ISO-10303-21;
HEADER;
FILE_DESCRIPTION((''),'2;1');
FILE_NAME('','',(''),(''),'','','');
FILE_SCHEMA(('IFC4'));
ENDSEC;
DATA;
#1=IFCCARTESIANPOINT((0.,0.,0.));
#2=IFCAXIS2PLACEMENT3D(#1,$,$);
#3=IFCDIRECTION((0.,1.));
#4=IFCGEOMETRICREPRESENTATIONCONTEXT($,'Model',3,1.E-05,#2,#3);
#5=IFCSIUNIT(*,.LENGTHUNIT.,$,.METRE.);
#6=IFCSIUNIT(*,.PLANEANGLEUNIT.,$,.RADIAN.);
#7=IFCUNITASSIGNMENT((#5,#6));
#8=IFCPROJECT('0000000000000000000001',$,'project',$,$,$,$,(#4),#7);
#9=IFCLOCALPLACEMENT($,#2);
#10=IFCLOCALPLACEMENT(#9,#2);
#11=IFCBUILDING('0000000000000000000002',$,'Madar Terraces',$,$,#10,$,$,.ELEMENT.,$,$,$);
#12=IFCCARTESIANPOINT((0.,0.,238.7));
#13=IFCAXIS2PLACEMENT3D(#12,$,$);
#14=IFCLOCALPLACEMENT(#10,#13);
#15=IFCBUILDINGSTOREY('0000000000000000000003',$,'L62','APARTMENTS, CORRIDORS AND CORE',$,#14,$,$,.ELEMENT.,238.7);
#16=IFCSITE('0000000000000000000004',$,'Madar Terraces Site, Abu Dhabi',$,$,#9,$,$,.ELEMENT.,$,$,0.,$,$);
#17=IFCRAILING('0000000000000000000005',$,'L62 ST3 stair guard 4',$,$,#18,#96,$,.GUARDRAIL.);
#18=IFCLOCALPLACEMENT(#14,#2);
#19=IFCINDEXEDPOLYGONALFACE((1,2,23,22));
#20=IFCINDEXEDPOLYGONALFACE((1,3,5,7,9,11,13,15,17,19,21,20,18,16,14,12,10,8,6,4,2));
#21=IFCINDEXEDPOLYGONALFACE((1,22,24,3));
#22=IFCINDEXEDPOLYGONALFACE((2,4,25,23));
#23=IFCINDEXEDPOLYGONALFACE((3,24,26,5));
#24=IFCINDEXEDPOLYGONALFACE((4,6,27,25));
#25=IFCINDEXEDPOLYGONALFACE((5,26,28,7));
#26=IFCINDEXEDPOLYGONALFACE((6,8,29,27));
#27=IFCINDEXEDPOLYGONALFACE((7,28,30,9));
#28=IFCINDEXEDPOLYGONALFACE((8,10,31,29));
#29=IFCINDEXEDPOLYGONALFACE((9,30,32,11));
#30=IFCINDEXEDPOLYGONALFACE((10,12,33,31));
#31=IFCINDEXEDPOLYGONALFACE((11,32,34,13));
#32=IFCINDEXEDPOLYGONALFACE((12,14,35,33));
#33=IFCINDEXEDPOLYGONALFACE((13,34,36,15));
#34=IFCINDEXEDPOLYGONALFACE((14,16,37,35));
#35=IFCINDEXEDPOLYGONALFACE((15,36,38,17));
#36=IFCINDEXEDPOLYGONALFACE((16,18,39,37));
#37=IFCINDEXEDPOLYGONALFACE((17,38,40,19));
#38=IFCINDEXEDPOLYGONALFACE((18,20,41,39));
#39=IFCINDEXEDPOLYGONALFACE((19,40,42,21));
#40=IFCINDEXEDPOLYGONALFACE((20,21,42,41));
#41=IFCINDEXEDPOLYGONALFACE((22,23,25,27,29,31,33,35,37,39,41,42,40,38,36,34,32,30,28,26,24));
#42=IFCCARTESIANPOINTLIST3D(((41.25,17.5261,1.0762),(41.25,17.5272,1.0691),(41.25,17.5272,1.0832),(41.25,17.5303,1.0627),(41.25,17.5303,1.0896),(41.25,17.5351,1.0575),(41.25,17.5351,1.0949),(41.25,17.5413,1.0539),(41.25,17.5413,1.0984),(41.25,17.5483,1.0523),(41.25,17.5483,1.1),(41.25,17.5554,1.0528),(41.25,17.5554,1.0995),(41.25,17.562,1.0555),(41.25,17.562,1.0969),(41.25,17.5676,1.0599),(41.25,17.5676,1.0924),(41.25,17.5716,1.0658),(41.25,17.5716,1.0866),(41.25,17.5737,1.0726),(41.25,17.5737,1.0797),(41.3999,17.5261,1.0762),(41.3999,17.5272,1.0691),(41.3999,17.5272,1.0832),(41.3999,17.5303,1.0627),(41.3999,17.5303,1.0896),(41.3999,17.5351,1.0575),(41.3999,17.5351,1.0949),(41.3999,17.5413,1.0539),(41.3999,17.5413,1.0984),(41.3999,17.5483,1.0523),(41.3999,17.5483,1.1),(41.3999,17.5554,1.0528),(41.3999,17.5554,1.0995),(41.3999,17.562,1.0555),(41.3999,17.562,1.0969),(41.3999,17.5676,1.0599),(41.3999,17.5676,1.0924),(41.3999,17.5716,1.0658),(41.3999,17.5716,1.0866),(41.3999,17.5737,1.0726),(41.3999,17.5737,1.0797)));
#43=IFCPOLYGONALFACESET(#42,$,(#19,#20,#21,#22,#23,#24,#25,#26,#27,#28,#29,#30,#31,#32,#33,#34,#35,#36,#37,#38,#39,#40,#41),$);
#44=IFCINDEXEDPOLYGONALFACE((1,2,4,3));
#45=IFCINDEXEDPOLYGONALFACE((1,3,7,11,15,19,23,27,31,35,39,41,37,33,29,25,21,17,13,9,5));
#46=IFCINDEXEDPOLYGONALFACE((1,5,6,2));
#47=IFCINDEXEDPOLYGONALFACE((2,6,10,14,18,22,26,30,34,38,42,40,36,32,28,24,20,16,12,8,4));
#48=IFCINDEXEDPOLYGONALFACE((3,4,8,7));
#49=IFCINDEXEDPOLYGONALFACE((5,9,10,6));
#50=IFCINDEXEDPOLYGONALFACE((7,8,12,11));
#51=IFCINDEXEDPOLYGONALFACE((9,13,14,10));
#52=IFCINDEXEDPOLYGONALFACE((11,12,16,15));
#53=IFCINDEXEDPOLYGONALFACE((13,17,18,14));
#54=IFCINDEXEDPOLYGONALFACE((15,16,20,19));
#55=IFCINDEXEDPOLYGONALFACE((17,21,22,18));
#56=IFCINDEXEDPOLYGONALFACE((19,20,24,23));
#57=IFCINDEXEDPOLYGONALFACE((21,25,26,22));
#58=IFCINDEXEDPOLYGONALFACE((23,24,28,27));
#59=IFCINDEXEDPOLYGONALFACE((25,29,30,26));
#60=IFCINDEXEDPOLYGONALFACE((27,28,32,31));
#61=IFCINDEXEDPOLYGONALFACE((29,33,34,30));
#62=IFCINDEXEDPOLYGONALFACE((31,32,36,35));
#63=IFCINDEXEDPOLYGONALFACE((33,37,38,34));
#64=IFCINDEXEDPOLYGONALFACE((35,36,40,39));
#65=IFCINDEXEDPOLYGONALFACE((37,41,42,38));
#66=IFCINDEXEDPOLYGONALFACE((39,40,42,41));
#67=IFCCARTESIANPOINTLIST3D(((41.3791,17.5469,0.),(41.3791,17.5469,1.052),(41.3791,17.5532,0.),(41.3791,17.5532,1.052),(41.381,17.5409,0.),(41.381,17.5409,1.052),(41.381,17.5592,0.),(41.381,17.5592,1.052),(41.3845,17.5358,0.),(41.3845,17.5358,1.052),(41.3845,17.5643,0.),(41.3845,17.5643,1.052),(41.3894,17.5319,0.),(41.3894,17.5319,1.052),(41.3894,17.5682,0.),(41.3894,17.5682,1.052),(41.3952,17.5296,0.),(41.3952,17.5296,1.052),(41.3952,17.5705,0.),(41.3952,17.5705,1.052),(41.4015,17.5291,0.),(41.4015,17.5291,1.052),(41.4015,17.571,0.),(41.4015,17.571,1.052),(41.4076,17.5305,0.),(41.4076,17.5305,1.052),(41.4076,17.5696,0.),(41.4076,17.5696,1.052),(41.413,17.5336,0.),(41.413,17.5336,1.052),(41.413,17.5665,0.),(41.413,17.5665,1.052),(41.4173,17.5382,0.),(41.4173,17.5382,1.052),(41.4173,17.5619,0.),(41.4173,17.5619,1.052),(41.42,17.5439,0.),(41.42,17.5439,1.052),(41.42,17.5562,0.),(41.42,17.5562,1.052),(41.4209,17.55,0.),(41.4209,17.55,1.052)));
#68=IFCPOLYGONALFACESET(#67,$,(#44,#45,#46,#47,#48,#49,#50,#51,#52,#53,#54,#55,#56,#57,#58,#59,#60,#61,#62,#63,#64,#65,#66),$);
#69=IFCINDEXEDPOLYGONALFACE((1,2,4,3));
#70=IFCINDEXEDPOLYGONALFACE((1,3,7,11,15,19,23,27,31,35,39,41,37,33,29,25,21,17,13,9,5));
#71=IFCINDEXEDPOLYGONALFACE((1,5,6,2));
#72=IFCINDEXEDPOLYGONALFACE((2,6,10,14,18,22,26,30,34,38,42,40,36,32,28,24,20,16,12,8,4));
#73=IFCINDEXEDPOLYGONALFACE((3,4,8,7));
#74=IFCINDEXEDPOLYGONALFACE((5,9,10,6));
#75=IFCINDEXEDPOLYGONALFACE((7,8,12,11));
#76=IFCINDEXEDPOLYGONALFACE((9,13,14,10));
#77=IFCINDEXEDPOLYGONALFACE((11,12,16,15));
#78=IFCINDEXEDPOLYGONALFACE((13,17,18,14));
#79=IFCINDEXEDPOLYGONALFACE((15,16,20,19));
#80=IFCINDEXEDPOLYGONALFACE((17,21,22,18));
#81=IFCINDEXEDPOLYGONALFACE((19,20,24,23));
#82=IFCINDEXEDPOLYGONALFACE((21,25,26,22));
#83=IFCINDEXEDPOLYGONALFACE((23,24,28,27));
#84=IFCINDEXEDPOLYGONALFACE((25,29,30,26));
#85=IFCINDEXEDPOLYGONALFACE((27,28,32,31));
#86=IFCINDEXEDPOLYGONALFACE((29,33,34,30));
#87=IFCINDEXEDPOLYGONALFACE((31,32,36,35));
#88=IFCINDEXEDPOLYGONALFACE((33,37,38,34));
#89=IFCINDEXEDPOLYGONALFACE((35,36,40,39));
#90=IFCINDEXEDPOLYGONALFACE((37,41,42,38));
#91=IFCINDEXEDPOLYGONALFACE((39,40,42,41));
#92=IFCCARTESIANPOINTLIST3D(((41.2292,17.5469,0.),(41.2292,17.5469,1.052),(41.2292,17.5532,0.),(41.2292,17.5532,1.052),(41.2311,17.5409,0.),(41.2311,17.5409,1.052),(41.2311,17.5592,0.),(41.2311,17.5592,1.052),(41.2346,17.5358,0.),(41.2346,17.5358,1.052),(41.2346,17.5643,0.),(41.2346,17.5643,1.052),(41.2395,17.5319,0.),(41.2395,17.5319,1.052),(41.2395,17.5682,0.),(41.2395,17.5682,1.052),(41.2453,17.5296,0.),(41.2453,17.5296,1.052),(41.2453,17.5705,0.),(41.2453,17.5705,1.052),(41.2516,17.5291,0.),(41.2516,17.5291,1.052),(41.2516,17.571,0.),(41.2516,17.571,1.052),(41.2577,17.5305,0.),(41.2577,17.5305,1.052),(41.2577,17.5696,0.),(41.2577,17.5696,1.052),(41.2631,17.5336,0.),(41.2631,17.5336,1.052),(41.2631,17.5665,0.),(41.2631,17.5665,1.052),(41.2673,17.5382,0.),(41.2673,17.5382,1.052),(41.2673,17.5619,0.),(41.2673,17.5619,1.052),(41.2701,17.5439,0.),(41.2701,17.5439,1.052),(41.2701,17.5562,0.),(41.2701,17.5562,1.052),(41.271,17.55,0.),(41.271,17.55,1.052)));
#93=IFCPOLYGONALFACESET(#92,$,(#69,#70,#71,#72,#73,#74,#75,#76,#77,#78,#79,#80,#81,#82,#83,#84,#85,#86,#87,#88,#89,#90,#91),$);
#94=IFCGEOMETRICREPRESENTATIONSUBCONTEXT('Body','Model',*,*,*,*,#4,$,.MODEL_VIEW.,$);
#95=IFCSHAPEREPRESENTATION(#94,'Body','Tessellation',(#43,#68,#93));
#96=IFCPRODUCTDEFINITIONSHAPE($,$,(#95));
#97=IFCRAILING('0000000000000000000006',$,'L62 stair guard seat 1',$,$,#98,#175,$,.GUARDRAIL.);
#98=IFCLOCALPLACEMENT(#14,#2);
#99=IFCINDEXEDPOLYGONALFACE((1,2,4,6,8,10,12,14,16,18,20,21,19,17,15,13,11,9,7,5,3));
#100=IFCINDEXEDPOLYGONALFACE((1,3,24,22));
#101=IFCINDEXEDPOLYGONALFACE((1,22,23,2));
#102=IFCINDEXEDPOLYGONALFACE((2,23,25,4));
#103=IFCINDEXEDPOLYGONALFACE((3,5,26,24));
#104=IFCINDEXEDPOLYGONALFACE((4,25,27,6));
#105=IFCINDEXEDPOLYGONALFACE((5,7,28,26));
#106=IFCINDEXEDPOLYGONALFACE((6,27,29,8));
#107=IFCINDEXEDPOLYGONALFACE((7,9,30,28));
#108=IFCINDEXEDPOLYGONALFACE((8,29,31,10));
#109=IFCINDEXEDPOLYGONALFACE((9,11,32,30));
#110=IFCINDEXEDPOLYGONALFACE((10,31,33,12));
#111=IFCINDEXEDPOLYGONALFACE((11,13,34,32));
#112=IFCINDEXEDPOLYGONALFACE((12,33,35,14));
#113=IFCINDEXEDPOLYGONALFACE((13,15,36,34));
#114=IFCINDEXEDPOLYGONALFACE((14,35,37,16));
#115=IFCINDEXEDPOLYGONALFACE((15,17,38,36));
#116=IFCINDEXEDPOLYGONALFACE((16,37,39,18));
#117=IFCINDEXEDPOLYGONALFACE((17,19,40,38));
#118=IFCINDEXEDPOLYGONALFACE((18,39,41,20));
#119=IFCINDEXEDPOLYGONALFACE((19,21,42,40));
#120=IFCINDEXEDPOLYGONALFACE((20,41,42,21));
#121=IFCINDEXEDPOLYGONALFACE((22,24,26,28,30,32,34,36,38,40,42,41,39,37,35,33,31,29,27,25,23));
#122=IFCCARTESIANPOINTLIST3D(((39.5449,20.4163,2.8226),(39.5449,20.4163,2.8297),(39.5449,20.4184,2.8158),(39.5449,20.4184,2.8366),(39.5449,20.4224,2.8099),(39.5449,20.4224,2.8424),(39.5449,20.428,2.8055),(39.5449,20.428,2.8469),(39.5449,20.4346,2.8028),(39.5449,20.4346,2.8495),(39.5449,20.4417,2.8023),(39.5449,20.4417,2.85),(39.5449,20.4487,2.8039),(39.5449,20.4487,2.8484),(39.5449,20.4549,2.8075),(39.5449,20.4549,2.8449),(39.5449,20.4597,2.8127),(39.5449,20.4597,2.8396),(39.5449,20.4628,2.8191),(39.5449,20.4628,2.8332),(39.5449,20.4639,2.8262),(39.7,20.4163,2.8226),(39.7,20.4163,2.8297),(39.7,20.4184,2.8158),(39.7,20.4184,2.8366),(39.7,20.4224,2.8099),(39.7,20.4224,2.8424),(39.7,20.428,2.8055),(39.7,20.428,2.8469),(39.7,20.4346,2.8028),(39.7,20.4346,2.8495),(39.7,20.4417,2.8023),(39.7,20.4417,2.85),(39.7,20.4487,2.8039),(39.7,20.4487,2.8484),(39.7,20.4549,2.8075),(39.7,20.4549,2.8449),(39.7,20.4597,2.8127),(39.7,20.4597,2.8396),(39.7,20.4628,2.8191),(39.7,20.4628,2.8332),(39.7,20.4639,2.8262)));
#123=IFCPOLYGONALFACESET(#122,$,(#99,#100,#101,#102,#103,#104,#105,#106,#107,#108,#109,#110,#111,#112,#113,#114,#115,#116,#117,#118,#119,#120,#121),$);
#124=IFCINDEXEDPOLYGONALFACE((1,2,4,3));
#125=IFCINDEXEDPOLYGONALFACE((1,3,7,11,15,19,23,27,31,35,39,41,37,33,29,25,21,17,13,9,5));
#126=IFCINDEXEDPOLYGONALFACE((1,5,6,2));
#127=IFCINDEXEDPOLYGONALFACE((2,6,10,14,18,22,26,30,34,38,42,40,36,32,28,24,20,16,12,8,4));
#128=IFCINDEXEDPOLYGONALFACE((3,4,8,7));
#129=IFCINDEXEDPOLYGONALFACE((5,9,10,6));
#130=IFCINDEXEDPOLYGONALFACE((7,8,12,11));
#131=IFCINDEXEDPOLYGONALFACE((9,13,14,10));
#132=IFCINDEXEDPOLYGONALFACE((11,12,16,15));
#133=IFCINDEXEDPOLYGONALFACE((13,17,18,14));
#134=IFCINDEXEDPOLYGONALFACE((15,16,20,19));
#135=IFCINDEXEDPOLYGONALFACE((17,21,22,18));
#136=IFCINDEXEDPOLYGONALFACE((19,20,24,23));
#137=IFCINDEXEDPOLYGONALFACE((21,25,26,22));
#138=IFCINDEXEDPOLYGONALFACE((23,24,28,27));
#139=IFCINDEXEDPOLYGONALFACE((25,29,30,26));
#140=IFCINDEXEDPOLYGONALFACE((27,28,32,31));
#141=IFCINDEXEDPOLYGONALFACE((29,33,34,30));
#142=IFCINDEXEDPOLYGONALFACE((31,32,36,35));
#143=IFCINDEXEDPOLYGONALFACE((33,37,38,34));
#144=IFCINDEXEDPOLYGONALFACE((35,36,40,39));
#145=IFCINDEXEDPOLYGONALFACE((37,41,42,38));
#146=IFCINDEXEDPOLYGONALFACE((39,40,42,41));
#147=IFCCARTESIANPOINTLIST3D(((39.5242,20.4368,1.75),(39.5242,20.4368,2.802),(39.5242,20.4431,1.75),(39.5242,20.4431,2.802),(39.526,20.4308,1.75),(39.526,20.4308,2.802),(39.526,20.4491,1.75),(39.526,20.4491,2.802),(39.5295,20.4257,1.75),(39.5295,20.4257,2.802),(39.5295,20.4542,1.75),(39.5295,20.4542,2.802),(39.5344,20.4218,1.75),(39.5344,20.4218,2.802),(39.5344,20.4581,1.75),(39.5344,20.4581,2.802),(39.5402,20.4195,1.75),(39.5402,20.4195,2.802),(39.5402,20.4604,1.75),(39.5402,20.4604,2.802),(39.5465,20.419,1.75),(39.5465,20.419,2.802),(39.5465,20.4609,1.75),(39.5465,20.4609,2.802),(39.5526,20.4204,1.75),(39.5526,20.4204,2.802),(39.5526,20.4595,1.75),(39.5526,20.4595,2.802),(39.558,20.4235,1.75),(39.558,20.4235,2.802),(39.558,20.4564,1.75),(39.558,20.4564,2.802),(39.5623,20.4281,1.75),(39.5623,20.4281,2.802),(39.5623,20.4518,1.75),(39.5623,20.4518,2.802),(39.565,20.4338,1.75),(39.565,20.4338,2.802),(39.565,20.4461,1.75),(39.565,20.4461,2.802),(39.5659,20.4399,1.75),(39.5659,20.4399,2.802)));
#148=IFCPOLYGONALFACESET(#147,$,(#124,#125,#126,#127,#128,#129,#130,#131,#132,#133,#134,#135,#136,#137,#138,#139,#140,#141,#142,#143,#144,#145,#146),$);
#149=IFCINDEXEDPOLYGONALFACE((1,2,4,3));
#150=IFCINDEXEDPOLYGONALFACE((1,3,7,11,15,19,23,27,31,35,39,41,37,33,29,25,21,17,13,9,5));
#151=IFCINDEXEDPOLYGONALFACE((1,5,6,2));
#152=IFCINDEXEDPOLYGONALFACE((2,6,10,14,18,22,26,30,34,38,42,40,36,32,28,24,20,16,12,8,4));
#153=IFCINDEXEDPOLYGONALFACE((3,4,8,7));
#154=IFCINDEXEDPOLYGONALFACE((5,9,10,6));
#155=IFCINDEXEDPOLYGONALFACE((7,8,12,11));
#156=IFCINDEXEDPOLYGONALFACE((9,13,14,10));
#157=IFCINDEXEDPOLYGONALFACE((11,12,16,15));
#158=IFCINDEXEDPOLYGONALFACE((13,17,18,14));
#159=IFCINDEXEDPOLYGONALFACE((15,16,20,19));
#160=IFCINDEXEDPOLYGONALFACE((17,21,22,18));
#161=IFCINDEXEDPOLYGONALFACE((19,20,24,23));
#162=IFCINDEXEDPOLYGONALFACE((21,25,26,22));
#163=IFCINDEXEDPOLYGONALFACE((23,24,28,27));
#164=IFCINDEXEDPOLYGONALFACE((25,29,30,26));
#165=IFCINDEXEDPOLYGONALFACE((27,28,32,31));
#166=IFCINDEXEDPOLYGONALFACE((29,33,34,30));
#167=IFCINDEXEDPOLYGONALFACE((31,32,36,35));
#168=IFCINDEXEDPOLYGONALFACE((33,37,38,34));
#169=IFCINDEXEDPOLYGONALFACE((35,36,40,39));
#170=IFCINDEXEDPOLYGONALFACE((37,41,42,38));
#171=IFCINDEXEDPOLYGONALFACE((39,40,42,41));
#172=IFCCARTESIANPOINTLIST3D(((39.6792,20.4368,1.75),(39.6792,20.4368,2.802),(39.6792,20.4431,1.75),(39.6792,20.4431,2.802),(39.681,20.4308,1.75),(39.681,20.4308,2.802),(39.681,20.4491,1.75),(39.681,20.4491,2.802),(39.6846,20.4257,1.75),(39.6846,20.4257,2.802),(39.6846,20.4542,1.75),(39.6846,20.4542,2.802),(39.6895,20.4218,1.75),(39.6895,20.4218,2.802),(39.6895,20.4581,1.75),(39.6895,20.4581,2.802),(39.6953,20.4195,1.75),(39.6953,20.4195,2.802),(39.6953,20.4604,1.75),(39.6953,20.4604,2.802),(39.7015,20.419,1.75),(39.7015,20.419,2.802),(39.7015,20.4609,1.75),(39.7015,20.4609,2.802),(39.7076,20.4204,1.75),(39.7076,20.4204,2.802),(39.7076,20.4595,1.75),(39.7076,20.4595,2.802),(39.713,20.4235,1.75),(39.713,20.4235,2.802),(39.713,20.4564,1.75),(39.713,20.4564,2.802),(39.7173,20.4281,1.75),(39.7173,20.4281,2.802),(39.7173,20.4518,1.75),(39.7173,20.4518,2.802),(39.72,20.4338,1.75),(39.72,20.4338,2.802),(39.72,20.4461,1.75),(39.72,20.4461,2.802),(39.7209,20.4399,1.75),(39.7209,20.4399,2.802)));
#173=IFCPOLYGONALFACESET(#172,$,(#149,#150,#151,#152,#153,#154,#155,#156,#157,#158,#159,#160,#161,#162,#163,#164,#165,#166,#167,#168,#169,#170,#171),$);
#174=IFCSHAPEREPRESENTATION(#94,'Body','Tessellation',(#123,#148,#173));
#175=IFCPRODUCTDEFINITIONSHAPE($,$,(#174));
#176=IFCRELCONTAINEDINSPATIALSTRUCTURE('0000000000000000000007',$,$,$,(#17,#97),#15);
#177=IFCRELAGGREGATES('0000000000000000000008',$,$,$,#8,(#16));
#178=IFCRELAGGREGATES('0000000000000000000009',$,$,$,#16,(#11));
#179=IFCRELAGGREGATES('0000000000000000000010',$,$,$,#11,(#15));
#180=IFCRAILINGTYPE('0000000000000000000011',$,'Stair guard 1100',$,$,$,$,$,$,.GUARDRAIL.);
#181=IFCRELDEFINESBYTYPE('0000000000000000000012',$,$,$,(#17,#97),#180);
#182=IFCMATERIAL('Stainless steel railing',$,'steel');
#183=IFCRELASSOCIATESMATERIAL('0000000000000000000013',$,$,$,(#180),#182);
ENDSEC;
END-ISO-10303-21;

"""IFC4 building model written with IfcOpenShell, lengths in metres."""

from ifc_helpers import new_model, si_unit, direction, frame, origin, origin_2d, place, context, subcontext, project, spatial, circle, extrude, material, type_object, element, save


model = new_model("IFC4")

# Units and contexts
model_context = context("Model", 3, precision=1e-05, world=origin(), true_north=direction((0.0, 1.0)))
body_context = subcontext(model_context, "Body", "Model", "MODEL_VIEW")
ifc_project = project(units=[si_unit("LENGTHUNIT", "METRE"), si_unit("PLANEANGLEUNIT", "RADIAN")], contexts=[model_context])

# Site, building, storey
site_placement = place(None, origin())
site = spatial("IfcSite", under=ifc_project, at=site_placement, Name="Madar Terraces Site, Abu Dhabi", CompositionType="ELEMENT", RefElevation=0.0)
building_placement = place(site_placement, origin())
building = spatial("IfcBuilding", under=site, at=building_placement, Name="Madar Terraces", CompositionType="ELEMENT")
storey_placement = place(building_placement, frame((0.0, 0.0, 238.7)))
storey = spatial("IfcBuildingStorey", under=building, at=storey_placement, Name="L62", Description="APARTMENTS, CORRIDORS AND CORE", CompositionType="ELEMENT", Elevation=238.7)

# Railings
ifc_material_1 = material(Name="Stainless steel railing", Category="steel")
railing_type_1 = type_object("IfcRailingType", Name="Stair guard 1100", PredefinedType="GUARDRAIL", material=ifc_material_1)
railing_1_placement = place(storey_placement, frame((41.3999, 17.55, 0.0)))
element("IfcRailing", 1, at=railing_1_placement, inside=storey, type_object=railing_type_1, Name="L62 ST3 stair guard 4", PredefinedType="GUARDRAIL", context=body_context, shape_type="SweptSolid", body=[
    extrude(circle(Radius=0.0239, at=origin_2d()), frame((0.0, 0.0, 1.0762), z_axis=(-1.0, 0.0, 0.0), x_axis=(0.0, -1.0, 0.0)), (0.0, 0.0, 1.0), 0.1499),
    extrude(circle(Radius=0.021, at=origin_2d()), origin(), (0.0, 0.0, 1.0), 1.052),
    extrude(circle(Radius=0.021, at=origin_2d()), frame((-0.1499, 0.0, 0.0)), (0.0, 0.0, 1.0), 1.052),
])
for number, where, name in (
    (2, (39.5449, 20.4399, 1.75), "L62 stair guard seat 1"),
):
    element("IfcRailing", number, at=place(storey_placement, frame(where)), inside=storey, type_object=railing_type_1, Name=name, PredefinedType="GUARDRAIL", context=body_context, shape_type="SweptSolid", body=[
        extrude(circle(Radius=0.0239, at=origin_2d()), frame((0.0, 0.0, 1.0762), z_axis=(1.0, 0.0, 0.0), x_axis=(0.0, 1.0, 0.0)), (0.0, 0.0, 1.0), 0.155),
        extrude(circle(Radius=0.021, at=origin_2d()), origin(), (0.0, 0.0, 1.0), 1.052),
        extrude(circle(Radius=0.021, at=origin_2d()), frame((0.155, 0.0, 0.0)), (0.0, 0.0, 1.0), 1.052),
    ])

save(model, "model.ifc")
